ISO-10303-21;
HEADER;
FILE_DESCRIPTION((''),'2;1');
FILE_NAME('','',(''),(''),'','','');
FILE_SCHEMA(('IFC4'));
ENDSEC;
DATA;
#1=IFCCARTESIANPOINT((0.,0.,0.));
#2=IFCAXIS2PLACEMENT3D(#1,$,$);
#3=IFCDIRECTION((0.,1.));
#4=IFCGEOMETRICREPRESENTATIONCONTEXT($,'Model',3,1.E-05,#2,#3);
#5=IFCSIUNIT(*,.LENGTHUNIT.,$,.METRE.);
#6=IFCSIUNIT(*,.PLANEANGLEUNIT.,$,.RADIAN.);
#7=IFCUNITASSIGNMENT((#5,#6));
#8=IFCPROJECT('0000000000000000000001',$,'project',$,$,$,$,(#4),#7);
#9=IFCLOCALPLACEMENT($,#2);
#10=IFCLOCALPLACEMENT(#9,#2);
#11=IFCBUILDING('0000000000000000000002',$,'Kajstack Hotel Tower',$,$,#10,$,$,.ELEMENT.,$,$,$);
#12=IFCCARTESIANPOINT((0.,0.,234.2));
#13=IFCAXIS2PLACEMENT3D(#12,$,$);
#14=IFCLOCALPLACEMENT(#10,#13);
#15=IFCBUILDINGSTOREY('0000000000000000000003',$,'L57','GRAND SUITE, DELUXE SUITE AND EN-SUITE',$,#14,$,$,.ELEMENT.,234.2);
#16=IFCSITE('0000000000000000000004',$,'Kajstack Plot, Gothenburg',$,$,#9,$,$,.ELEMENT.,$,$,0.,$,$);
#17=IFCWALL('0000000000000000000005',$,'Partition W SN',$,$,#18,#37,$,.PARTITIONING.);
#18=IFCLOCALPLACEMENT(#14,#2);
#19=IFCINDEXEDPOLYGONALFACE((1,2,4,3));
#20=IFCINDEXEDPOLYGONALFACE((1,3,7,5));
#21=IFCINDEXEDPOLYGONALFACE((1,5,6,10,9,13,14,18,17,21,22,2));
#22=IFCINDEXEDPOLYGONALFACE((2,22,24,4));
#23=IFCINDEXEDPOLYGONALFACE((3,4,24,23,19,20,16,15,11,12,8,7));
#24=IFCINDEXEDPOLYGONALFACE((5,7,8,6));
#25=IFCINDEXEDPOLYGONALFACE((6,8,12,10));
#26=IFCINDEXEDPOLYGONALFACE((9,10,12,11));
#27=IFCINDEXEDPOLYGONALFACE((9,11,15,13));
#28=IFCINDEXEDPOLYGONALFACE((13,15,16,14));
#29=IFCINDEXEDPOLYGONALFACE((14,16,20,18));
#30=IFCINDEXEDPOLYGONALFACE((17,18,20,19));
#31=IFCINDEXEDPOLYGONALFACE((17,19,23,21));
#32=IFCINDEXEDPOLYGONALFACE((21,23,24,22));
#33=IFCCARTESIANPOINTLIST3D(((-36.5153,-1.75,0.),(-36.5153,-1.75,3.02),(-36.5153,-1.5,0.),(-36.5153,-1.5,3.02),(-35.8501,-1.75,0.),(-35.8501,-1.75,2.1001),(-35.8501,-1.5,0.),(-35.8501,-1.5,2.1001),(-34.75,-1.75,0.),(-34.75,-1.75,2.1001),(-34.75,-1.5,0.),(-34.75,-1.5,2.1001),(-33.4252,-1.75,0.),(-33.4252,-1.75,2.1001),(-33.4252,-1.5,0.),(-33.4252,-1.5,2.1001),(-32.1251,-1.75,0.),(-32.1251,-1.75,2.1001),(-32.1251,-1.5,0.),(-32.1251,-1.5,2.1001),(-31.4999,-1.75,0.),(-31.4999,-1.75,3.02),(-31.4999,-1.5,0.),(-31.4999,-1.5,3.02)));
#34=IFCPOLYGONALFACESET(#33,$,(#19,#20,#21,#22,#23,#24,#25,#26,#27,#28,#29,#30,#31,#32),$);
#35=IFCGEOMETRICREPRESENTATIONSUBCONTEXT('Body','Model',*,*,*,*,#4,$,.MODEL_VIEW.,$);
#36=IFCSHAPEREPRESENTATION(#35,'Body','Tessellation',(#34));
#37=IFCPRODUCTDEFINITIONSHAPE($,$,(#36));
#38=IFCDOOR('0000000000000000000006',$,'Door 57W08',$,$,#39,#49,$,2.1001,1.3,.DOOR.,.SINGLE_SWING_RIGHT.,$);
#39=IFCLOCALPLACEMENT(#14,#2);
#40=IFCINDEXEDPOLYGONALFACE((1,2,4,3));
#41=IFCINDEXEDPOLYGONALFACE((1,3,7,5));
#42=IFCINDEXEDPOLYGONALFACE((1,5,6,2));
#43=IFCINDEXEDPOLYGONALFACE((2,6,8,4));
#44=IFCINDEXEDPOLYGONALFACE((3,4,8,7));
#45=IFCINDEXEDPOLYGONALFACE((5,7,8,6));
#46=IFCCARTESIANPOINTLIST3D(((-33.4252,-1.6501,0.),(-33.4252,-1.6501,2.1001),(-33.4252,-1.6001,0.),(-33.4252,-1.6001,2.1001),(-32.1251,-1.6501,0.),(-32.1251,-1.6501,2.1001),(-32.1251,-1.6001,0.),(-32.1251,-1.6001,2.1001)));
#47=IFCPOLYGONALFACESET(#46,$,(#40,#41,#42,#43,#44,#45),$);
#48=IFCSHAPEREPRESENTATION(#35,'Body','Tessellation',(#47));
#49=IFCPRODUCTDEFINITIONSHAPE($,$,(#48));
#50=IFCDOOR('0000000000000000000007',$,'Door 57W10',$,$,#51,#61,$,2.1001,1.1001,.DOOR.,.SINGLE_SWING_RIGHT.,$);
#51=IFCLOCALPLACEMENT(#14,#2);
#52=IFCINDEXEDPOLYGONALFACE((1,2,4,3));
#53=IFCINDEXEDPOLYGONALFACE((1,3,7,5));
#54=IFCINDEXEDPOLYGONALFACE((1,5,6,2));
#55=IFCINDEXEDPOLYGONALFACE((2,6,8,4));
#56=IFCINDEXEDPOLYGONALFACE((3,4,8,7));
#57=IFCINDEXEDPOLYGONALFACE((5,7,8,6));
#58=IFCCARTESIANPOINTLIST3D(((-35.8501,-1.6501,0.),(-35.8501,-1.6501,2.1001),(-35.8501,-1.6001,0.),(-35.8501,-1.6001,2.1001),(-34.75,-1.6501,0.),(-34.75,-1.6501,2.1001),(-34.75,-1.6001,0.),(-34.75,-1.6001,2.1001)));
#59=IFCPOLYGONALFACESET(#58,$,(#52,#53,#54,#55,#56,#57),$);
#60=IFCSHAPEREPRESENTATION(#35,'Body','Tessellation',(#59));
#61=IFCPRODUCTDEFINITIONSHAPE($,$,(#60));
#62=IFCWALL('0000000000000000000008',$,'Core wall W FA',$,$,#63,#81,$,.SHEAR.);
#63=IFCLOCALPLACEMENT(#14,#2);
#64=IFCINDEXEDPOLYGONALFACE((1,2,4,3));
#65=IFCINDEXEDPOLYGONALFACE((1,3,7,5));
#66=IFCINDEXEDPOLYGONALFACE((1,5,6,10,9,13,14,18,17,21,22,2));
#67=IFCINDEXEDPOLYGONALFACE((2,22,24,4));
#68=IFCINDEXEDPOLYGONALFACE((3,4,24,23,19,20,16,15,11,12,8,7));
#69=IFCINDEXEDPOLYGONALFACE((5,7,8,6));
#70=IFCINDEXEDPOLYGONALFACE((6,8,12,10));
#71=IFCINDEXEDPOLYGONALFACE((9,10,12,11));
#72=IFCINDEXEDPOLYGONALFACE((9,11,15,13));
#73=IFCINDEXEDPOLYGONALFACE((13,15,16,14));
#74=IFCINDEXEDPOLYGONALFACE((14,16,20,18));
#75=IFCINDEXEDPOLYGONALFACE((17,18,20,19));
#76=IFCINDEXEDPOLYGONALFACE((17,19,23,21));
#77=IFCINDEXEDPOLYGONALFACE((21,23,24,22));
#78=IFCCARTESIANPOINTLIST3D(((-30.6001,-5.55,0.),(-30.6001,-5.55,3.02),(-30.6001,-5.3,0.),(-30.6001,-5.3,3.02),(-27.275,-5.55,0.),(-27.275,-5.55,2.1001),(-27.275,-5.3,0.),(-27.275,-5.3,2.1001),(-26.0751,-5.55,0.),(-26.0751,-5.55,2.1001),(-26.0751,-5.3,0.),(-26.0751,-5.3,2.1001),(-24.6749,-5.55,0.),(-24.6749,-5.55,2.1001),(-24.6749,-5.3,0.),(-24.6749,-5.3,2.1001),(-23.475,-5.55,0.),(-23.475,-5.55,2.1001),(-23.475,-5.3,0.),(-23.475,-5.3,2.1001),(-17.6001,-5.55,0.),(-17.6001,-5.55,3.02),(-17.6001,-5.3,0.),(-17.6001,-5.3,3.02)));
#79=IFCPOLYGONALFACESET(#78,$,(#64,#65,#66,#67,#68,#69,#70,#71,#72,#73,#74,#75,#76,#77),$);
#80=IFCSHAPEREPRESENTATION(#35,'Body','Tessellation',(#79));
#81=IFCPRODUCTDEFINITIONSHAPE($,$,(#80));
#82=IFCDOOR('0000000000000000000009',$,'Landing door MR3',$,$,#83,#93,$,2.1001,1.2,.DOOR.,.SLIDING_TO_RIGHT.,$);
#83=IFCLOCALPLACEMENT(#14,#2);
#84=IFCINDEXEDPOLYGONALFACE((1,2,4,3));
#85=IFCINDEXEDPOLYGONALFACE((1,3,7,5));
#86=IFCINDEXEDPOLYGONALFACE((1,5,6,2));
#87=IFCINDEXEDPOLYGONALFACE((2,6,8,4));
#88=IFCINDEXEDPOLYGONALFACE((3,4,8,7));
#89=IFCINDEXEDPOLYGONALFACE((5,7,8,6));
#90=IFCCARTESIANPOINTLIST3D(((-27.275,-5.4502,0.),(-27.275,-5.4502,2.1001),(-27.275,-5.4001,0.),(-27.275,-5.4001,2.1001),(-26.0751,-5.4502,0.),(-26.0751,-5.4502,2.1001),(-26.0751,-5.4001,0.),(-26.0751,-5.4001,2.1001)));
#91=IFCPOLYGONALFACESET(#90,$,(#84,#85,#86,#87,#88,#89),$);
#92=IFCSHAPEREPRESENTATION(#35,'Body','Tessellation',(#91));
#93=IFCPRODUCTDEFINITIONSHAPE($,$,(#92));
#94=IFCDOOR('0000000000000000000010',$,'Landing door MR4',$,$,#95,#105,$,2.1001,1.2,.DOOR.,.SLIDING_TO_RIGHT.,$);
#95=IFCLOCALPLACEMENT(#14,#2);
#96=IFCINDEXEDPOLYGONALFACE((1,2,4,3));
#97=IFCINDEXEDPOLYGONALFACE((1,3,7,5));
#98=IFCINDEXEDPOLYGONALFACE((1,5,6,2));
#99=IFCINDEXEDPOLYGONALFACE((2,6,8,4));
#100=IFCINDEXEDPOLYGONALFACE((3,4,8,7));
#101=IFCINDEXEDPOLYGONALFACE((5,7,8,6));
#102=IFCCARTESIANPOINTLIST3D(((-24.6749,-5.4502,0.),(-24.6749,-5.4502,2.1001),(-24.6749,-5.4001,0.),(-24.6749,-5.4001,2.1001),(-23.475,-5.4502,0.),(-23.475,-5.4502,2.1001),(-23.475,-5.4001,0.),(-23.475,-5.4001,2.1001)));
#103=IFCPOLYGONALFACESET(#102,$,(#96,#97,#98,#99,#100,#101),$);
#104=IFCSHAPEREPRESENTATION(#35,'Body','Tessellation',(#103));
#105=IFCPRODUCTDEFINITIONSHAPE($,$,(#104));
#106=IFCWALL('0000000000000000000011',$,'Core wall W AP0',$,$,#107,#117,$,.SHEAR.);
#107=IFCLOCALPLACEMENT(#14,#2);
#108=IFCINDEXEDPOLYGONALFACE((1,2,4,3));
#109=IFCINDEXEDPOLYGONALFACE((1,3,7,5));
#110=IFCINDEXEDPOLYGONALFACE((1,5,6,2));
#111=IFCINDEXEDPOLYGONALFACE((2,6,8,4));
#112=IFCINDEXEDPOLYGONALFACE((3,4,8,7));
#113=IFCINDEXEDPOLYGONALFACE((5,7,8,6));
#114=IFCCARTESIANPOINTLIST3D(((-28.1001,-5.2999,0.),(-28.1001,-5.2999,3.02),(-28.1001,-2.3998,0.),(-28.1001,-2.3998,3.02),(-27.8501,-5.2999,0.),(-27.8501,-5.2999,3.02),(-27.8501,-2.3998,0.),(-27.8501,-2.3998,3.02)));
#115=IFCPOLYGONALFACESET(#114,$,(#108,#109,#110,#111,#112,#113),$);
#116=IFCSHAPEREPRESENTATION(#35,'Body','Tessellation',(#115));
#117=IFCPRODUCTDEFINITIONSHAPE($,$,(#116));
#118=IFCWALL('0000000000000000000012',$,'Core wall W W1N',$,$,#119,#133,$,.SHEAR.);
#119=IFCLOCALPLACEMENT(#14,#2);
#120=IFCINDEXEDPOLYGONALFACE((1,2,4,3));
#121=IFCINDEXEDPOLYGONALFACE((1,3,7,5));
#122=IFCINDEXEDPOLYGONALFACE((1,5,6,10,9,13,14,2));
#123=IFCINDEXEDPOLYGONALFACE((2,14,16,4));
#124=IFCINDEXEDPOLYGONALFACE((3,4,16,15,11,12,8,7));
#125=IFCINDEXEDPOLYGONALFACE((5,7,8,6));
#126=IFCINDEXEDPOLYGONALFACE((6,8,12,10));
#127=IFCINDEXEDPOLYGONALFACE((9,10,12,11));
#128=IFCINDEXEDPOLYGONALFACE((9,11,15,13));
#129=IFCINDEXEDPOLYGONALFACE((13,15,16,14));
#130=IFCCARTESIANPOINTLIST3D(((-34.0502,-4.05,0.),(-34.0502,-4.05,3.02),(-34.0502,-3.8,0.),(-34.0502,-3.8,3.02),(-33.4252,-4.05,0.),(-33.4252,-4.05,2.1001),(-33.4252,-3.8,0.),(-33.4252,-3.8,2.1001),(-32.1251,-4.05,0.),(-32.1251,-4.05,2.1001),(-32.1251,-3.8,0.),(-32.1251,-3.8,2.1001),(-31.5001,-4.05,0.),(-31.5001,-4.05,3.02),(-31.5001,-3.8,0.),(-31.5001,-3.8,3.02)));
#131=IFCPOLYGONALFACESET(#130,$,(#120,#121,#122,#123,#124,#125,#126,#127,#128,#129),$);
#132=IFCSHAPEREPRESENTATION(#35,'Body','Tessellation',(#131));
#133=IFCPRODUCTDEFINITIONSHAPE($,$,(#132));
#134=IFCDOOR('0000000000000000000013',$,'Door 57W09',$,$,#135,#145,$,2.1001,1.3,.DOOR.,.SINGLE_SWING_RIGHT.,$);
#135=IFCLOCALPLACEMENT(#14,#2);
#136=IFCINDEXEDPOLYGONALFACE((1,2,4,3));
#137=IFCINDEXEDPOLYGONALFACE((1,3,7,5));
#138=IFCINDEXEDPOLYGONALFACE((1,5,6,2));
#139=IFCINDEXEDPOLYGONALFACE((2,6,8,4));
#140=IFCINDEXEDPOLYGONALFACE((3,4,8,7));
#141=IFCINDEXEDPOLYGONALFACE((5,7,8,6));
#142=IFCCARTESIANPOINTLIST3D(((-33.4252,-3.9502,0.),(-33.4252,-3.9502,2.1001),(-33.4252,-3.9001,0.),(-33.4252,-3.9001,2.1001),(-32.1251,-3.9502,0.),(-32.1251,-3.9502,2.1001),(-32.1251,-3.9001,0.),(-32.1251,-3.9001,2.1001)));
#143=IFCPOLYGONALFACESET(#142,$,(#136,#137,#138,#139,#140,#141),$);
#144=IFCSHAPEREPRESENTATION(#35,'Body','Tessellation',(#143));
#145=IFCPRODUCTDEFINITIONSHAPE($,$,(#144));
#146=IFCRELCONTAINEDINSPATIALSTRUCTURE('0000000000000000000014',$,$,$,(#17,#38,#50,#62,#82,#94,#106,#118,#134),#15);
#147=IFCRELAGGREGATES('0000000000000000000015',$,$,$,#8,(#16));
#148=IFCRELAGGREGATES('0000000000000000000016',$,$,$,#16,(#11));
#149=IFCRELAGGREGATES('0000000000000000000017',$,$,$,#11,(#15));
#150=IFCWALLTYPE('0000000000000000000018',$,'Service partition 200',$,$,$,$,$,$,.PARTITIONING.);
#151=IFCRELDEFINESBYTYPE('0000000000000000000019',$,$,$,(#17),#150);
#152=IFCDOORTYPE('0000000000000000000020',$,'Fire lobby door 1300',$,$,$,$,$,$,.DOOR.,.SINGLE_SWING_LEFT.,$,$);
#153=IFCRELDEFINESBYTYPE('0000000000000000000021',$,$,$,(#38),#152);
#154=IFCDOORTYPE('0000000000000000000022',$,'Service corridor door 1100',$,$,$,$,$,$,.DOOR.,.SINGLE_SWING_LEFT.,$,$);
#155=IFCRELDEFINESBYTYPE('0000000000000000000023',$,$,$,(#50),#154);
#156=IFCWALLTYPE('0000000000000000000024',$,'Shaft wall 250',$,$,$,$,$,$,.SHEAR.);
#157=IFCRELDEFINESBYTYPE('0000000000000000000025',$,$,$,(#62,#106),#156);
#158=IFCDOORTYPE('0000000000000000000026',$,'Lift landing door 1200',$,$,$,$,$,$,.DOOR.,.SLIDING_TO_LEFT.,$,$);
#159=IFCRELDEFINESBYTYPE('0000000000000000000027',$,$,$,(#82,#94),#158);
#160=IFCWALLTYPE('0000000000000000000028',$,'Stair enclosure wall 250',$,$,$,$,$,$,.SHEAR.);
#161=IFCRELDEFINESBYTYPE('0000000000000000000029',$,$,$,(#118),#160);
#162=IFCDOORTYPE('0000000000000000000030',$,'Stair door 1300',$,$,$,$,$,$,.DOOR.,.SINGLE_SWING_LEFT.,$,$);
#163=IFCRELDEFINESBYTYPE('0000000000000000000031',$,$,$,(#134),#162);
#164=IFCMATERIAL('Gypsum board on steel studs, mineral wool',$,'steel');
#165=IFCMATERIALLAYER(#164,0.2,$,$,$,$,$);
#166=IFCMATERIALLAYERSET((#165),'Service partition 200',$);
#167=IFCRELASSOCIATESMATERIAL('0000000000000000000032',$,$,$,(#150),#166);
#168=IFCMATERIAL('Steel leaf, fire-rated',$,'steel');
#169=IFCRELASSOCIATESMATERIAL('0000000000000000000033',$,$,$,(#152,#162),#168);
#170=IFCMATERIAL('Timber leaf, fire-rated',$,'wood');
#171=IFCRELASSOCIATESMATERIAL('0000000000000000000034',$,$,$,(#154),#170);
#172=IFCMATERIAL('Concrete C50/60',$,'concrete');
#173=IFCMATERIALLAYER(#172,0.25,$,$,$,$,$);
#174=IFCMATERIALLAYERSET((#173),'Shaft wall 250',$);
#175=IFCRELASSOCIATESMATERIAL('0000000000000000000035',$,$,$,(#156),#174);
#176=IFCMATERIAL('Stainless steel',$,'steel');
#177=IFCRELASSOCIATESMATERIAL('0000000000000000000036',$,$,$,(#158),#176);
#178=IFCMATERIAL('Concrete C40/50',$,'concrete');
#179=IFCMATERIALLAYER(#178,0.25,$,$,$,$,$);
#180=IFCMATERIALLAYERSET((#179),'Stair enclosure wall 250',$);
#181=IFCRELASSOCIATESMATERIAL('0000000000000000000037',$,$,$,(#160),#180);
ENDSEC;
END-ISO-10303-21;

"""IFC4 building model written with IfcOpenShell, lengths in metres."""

from ifc_helpers import new_model, si_unit, direction, frame, frame_2d, origin, place, context, subcontext, project, spatial, rectangle, extrude, material, layer, layer_set, type_object, element, fill, save


model = new_model("IFC4")

# Units and contexts
model_context = context("Model", 3, precision=1e-05, world=origin(), true_north=direction((0.0, 1.0)))
body_context = subcontext(model_context, "Body", "Model", "MODEL_VIEW")
ifc_project = project(units=[si_unit("LENGTHUNIT", "METRE"), si_unit("PLANEANGLEUNIT", "RADIAN")], contexts=[model_context])

# Site, building, storey
site_placement = place(None, origin())
site = spatial("IfcSite", under=ifc_project, at=site_placement, Name="Kajstack Plot, Gothenburg", CompositionType="ELEMENT", RefElevation=0.0)
building_placement = place(site_placement, origin())
building = spatial("IfcBuilding", under=site, at=building_placement, Name="Kajstack Hotel Tower", CompositionType="ELEMENT")
storey_placement = place(building_placement, frame((0.0, 0.0, 234.2)))
storey = spatial("IfcBuildingStorey", under=building, at=storey_placement, Name="L57", Description="GRAND SUITE, DELUXE SUITE AND EN-SUITE", CompositionType="ELEMENT", Elevation=234.2)

# Shared definitions
ifc_material_1 = material(Name="Gypsum board on steel studs, mineral wool", Category="steel")

# Shared definitions
ifc_material_2 = material(Name="Concrete C50/60", Category="concrete")

# Walls, openings, doors
ifc_layer_1 = layer(ifc_material_1, 0.2)
ifc_layer_set_1 = layer_set([ifc_layer_1], Name="Service partition 200")
wall_type_1 = type_object("IfcWallType", Name="Service partition 200", PredefinedType="PARTITIONING", material=ifc_layer_set_1)
wall_1_placement = place(storey_placement, frame((-36.5154, -1.625, 0.0), z_axis=(0.0, 0.0, 1.0), x_axis=(1.0, 0.0, 0.0)))
wall_1 = element("IfcWall", 1, at=wall_1_placement, inside=storey, type_object=wall_type_1, Name="Partition W SN", PredefinedType="PARTITIONING", context=body_context, shape_type="SweptSolid", body=[
    extrude(rectangle(XDim=5.0154, YDim=0.25, at=frame_2d((2.5078, 0.0))), origin(), (0.0, 0.0, 1.0), 3.02),
])
opening_1_placement = place(wall_1_placement, frame((3.0903, 0.0, 0.0)))
opening_1 = element("IfcOpeningElement", 2, at=opening_1_placement, cuts=wall_1, PredefinedType="OPENING", context=body_context, shape_type="SweptSolid", body=[
    extrude(rectangle(XDim=1.3, YDim=2.1001, at=frame_2d((0.6499, 1.05))), frame((0.0, 0.135, 0.0), z_axis=(0.0, -1.0, 0.0), x_axis=(1.0, 0.0, 0.0)), (0.0, 0.0, 1.0), 0.27),
])
opening_2_placement = place(wall_1_placement, frame((0.6653, 0.0, 0.0)))
opening_2 = element("IfcOpeningElement", 3, at=opening_2_placement, cuts=wall_1, PredefinedType="OPENING", context=body_context, shape_type="SweptSolid", body=[
    extrude(rectangle(XDim=1.1001, YDim=2.1001, at=frame_2d((0.55, 1.05))), frame((0.0, 0.135, 0.0), z_axis=(0.0, -1.0, 0.0), x_axis=(1.0, 0.0, 0.0)), (0.0, 0.0, 1.0), 0.27),
])
ifc_material_3 = material(Name="Steel leaf, fire-rated", Category="steel")
door_type_1 = type_object("IfcDoorType", Name="Fire lobby door 1300", OperationType="SINGLE_SWING_LEFT", PredefinedType="DOOR", material=ifc_material_3)
door_1_placement = place(opening_1_placement, origin())
door_1 = element("IfcDoor", 4, at=door_1_placement, inside=storey, type_object=door_type_1, Name="Door 57W08", OperationType="SINGLE_SWING_RIGHT", OverallHeight=2.1001, OverallWidth=1.3, PredefinedType="DOOR", context=body_context, shape_type="SweptSolid", body=[
    extrude(rectangle(XDim=1.3, YDim=2.1001, at=frame_2d((0.6499, 1.05))), frame((0.0, 0.0249, 0.0), z_axis=(0.0, -1.0, 0.0), x_axis=(1.0, 0.0, 0.0)), (0.0, 0.0, 1.0), 0.05),
])
fill(opening_1, door_1)
ifc_material_4 = material(Name="Timber leaf, fire-rated", Category="wood")
door_type_2 = type_object("IfcDoorType", Name="Service corridor door 1100", OperationType="SINGLE_SWING_LEFT", PredefinedType="DOOR", material=ifc_material_4)
door_2_placement = place(opening_2_placement, origin())
door_2 = element("IfcDoor", 5, at=door_2_placement, inside=storey, type_object=door_type_2, Name="Door 57W10", OperationType="SINGLE_SWING_RIGHT", OverallHeight=2.1001, OverallWidth=1.1001, PredefinedType="DOOR", context=body_context, shape_type="SweptSolid", body=[
    extrude(rectangle(XDim=1.1001, YDim=2.1001, at=frame_2d((0.55, 1.05))), frame((0.0, 0.0249, 0.0), z_axis=(0.0, -1.0, 0.0), x_axis=(1.0, 0.0, 0.0)), (0.0, 0.0, 1.0), 0.05),
])
fill(opening_2, door_2)
ifc_layer_2 = layer(ifc_material_2, 0.25)
ifc_layer_set_2 = layer_set([ifc_layer_2], Name="Shaft wall 250")
wall_type_2 = type_object("IfcWallType", Name="Shaft wall 250", PredefinedType="SHEAR", material=ifc_layer_set_2)
wall_2_placement = place(storey_placement, frame((-30.6001, -5.425, 0.0), z_axis=(0.0, 0.0, 1.0), x_axis=(1.0, 0.0, 0.0)))
wall_2 = element("IfcWall", 6, at=wall_2_placement, inside=storey, type_object=wall_type_2, Name="Core wall W FA", PredefinedType="SHEAR", context=body_context, shape_type="SweptSolid", body=[
    extrude(rectangle(XDim=13.0, YDim=0.25, at=frame_2d((6.5, 0.0))), origin(), (0.0, 0.0, 1.0), 3.02),
])
opening_3_placement = place(wall_2_placement, frame((3.325, 0.0, 0.0)))
opening_3 = element("IfcOpeningElement", 7, at=opening_3_placement, cuts=wall_2, PredefinedType="OPENING", context=body_context, shape_type="SweptSolid", body=[
    extrude(rectangle(XDim=1.2, YDim=2.1001, at=frame_2d((0.6001, 1.05))), frame((0.0, 0.135, 0.0), z_axis=(0.0, -1.0, 0.0), x_axis=(1.0, 0.0, 0.0)), (0.0, 0.0, 1.0), 0.27),
])
opening_4_placement = place(wall_2_placement, frame((5.925, 0.0, 0.0)))
opening_4 = element("IfcOpeningElement", 8, at=opening_4_placement, cuts=wall_2, PredefinedType="OPENING", context=body_context, shape_type="SweptSolid", body=[
    extrude(rectangle(XDim=1.2, YDim=2.1001, at=frame_2d((0.6001, 1.05))), frame((0.0, 0.135, 0.0), z_axis=(0.0, -1.0, 0.0), x_axis=(1.0, 0.0, 0.0)), (0.0, 0.0, 1.0), 0.27),
])
ifc_material_5 = material(Name="Stainless steel", Category="steel")
door_type_3 = type_object("IfcDoorType", Name="Lift landing door 1200", OperationType="SLIDING_TO_LEFT", PredefinedType="DOOR", material=ifc_material_5)
door_3_placement = place(opening_3_placement, origin())
door_3 = element("IfcDoor", 9, at=door_3_placement, inside=storey, type_object=door_type_3, Name="Landing door MR3", OperationType="SLIDING_TO_RIGHT", OverallHeight=2.1001, OverallWidth=1.2, PredefinedType="DOOR", context=body_context, shape_type="SweptSolid", body=[
    extrude(rectangle(XDim=1.2, YDim=2.1001, at=frame_2d((0.6001, 1.05))), frame((0.0, 0.0249, 0.0), z_axis=(0.0, -1.0, 0.0), x_axis=(1.0, 0.0, 0.0)), (0.0, 0.0, 1.0), 0.05),
])
fill(opening_3, door_3)
door_4_placement = place(opening_4_placement, origin())
door_4 = element("IfcDoor", 10, at=door_4_placement, inside=storey, type_object=door_type_3, Name="Landing door MR4", OperationType="SLIDING_TO_RIGHT", OverallHeight=2.1001, OverallWidth=1.2, PredefinedType="DOOR", context=body_context, shape_type="SweptSolid", body=[
    extrude(rectangle(XDim=1.2, YDim=2.1001, at=frame_2d((0.6001, 1.05))), frame((0.0, 0.0249, 0.0), z_axis=(0.0, -1.0, 0.0), x_axis=(1.0, 0.0, 0.0)), (0.0, 0.0, 1.0), 0.05),
])
fill(opening_4, door_4)

# Wall
wall_3_placement = place(storey_placement, frame((-27.9751, -5.3, 0.0), z_axis=(0.0, 0.0, 1.0), x_axis=(0.0, 1.0, 0.0)))
element("IfcWall", 11, at=wall_3_placement, inside=storey, type_object=wall_type_2, Name="Core wall W AP0", PredefinedType="SHEAR", context=body_context, shape_type="SweptSolid", body=[
    extrude(rectangle(XDim=2.9001, YDim=0.25, at=frame_2d((1.4502, 0.0))), origin(), (0.0, 0.0, 1.0), 3.02),
])

# Wall, opening, door
ifc_material_6 = material(Name="Concrete C40/50", Category="concrete")
ifc_layer_3 = layer(ifc_material_6, 0.25)
ifc_layer_set_3 = layer_set([ifc_layer_3], Name="Stair enclosure wall 250")
wall_type_3 = type_object("IfcWallType", Name="Stair enclosure wall 250", PredefinedType="SHEAR", material=ifc_layer_set_3)
wall_4_placement = place(storey_placement, frame((-34.05, -3.925, 0.0), z_axis=(0.0, 0.0, 1.0), x_axis=(1.0, 0.0, 0.0)))
wall_4 = element("IfcWall", 12, at=wall_4_placement, inside=storey, type_object=wall_type_3, Name="Core wall W W1N", PredefinedType="SHEAR", context=body_context, shape_type="SweptSolid", body=[
    extrude(rectangle(XDim=2.55, YDim=0.25, at=frame_2d((1.2749, 0.0))), origin(), (0.0, 0.0, 1.0), 3.02),
])
opening_5_placement = place(wall_4_placement, frame((0.625, 0.0, 0.0)))
opening_5 = element("IfcOpeningElement", 13, at=opening_5_placement, cuts=wall_4, PredefinedType="OPENING", context=body_context, shape_type="SweptSolid", body=[
    extrude(rectangle(XDim=1.3, YDim=2.1001, at=frame_2d((0.6499, 1.05))), frame((0.0, 0.135, 0.0), z_axis=(0.0, -1.0, 0.0), x_axis=(1.0, 0.0, 0.0)), (0.0, 0.0, 1.0), 0.27),
])
door_type_4 = type_object("IfcDoorType", Name="Stair door 1300", OperationType="SINGLE_SWING_LEFT", PredefinedType="DOOR", material=ifc_material_3)
door_5_placement = place(opening_5_placement, origin())
door_5 = element("IfcDoor", 14, at=door_5_placement, inside=storey, type_object=door_type_4, Name="Door 57W09", OperationType="SINGLE_SWING_RIGHT", OverallHeight=2.1001, OverallWidth=1.3, PredefinedType="DOOR", context=body_context, shape_type="SweptSolid", body=[
    extrude(rectangle(XDim=1.3, YDim=2.1001, at=frame_2d((0.6499, 1.05))), frame((0.0, 0.0249, 0.0), z_axis=(0.0, -1.0, 0.0), x_axis=(1.0, 0.0, 0.0)), (0.0, 0.0, 1.0), 0.05),
])
fill(opening_5, door_5)

save(model, "model.ifc")
